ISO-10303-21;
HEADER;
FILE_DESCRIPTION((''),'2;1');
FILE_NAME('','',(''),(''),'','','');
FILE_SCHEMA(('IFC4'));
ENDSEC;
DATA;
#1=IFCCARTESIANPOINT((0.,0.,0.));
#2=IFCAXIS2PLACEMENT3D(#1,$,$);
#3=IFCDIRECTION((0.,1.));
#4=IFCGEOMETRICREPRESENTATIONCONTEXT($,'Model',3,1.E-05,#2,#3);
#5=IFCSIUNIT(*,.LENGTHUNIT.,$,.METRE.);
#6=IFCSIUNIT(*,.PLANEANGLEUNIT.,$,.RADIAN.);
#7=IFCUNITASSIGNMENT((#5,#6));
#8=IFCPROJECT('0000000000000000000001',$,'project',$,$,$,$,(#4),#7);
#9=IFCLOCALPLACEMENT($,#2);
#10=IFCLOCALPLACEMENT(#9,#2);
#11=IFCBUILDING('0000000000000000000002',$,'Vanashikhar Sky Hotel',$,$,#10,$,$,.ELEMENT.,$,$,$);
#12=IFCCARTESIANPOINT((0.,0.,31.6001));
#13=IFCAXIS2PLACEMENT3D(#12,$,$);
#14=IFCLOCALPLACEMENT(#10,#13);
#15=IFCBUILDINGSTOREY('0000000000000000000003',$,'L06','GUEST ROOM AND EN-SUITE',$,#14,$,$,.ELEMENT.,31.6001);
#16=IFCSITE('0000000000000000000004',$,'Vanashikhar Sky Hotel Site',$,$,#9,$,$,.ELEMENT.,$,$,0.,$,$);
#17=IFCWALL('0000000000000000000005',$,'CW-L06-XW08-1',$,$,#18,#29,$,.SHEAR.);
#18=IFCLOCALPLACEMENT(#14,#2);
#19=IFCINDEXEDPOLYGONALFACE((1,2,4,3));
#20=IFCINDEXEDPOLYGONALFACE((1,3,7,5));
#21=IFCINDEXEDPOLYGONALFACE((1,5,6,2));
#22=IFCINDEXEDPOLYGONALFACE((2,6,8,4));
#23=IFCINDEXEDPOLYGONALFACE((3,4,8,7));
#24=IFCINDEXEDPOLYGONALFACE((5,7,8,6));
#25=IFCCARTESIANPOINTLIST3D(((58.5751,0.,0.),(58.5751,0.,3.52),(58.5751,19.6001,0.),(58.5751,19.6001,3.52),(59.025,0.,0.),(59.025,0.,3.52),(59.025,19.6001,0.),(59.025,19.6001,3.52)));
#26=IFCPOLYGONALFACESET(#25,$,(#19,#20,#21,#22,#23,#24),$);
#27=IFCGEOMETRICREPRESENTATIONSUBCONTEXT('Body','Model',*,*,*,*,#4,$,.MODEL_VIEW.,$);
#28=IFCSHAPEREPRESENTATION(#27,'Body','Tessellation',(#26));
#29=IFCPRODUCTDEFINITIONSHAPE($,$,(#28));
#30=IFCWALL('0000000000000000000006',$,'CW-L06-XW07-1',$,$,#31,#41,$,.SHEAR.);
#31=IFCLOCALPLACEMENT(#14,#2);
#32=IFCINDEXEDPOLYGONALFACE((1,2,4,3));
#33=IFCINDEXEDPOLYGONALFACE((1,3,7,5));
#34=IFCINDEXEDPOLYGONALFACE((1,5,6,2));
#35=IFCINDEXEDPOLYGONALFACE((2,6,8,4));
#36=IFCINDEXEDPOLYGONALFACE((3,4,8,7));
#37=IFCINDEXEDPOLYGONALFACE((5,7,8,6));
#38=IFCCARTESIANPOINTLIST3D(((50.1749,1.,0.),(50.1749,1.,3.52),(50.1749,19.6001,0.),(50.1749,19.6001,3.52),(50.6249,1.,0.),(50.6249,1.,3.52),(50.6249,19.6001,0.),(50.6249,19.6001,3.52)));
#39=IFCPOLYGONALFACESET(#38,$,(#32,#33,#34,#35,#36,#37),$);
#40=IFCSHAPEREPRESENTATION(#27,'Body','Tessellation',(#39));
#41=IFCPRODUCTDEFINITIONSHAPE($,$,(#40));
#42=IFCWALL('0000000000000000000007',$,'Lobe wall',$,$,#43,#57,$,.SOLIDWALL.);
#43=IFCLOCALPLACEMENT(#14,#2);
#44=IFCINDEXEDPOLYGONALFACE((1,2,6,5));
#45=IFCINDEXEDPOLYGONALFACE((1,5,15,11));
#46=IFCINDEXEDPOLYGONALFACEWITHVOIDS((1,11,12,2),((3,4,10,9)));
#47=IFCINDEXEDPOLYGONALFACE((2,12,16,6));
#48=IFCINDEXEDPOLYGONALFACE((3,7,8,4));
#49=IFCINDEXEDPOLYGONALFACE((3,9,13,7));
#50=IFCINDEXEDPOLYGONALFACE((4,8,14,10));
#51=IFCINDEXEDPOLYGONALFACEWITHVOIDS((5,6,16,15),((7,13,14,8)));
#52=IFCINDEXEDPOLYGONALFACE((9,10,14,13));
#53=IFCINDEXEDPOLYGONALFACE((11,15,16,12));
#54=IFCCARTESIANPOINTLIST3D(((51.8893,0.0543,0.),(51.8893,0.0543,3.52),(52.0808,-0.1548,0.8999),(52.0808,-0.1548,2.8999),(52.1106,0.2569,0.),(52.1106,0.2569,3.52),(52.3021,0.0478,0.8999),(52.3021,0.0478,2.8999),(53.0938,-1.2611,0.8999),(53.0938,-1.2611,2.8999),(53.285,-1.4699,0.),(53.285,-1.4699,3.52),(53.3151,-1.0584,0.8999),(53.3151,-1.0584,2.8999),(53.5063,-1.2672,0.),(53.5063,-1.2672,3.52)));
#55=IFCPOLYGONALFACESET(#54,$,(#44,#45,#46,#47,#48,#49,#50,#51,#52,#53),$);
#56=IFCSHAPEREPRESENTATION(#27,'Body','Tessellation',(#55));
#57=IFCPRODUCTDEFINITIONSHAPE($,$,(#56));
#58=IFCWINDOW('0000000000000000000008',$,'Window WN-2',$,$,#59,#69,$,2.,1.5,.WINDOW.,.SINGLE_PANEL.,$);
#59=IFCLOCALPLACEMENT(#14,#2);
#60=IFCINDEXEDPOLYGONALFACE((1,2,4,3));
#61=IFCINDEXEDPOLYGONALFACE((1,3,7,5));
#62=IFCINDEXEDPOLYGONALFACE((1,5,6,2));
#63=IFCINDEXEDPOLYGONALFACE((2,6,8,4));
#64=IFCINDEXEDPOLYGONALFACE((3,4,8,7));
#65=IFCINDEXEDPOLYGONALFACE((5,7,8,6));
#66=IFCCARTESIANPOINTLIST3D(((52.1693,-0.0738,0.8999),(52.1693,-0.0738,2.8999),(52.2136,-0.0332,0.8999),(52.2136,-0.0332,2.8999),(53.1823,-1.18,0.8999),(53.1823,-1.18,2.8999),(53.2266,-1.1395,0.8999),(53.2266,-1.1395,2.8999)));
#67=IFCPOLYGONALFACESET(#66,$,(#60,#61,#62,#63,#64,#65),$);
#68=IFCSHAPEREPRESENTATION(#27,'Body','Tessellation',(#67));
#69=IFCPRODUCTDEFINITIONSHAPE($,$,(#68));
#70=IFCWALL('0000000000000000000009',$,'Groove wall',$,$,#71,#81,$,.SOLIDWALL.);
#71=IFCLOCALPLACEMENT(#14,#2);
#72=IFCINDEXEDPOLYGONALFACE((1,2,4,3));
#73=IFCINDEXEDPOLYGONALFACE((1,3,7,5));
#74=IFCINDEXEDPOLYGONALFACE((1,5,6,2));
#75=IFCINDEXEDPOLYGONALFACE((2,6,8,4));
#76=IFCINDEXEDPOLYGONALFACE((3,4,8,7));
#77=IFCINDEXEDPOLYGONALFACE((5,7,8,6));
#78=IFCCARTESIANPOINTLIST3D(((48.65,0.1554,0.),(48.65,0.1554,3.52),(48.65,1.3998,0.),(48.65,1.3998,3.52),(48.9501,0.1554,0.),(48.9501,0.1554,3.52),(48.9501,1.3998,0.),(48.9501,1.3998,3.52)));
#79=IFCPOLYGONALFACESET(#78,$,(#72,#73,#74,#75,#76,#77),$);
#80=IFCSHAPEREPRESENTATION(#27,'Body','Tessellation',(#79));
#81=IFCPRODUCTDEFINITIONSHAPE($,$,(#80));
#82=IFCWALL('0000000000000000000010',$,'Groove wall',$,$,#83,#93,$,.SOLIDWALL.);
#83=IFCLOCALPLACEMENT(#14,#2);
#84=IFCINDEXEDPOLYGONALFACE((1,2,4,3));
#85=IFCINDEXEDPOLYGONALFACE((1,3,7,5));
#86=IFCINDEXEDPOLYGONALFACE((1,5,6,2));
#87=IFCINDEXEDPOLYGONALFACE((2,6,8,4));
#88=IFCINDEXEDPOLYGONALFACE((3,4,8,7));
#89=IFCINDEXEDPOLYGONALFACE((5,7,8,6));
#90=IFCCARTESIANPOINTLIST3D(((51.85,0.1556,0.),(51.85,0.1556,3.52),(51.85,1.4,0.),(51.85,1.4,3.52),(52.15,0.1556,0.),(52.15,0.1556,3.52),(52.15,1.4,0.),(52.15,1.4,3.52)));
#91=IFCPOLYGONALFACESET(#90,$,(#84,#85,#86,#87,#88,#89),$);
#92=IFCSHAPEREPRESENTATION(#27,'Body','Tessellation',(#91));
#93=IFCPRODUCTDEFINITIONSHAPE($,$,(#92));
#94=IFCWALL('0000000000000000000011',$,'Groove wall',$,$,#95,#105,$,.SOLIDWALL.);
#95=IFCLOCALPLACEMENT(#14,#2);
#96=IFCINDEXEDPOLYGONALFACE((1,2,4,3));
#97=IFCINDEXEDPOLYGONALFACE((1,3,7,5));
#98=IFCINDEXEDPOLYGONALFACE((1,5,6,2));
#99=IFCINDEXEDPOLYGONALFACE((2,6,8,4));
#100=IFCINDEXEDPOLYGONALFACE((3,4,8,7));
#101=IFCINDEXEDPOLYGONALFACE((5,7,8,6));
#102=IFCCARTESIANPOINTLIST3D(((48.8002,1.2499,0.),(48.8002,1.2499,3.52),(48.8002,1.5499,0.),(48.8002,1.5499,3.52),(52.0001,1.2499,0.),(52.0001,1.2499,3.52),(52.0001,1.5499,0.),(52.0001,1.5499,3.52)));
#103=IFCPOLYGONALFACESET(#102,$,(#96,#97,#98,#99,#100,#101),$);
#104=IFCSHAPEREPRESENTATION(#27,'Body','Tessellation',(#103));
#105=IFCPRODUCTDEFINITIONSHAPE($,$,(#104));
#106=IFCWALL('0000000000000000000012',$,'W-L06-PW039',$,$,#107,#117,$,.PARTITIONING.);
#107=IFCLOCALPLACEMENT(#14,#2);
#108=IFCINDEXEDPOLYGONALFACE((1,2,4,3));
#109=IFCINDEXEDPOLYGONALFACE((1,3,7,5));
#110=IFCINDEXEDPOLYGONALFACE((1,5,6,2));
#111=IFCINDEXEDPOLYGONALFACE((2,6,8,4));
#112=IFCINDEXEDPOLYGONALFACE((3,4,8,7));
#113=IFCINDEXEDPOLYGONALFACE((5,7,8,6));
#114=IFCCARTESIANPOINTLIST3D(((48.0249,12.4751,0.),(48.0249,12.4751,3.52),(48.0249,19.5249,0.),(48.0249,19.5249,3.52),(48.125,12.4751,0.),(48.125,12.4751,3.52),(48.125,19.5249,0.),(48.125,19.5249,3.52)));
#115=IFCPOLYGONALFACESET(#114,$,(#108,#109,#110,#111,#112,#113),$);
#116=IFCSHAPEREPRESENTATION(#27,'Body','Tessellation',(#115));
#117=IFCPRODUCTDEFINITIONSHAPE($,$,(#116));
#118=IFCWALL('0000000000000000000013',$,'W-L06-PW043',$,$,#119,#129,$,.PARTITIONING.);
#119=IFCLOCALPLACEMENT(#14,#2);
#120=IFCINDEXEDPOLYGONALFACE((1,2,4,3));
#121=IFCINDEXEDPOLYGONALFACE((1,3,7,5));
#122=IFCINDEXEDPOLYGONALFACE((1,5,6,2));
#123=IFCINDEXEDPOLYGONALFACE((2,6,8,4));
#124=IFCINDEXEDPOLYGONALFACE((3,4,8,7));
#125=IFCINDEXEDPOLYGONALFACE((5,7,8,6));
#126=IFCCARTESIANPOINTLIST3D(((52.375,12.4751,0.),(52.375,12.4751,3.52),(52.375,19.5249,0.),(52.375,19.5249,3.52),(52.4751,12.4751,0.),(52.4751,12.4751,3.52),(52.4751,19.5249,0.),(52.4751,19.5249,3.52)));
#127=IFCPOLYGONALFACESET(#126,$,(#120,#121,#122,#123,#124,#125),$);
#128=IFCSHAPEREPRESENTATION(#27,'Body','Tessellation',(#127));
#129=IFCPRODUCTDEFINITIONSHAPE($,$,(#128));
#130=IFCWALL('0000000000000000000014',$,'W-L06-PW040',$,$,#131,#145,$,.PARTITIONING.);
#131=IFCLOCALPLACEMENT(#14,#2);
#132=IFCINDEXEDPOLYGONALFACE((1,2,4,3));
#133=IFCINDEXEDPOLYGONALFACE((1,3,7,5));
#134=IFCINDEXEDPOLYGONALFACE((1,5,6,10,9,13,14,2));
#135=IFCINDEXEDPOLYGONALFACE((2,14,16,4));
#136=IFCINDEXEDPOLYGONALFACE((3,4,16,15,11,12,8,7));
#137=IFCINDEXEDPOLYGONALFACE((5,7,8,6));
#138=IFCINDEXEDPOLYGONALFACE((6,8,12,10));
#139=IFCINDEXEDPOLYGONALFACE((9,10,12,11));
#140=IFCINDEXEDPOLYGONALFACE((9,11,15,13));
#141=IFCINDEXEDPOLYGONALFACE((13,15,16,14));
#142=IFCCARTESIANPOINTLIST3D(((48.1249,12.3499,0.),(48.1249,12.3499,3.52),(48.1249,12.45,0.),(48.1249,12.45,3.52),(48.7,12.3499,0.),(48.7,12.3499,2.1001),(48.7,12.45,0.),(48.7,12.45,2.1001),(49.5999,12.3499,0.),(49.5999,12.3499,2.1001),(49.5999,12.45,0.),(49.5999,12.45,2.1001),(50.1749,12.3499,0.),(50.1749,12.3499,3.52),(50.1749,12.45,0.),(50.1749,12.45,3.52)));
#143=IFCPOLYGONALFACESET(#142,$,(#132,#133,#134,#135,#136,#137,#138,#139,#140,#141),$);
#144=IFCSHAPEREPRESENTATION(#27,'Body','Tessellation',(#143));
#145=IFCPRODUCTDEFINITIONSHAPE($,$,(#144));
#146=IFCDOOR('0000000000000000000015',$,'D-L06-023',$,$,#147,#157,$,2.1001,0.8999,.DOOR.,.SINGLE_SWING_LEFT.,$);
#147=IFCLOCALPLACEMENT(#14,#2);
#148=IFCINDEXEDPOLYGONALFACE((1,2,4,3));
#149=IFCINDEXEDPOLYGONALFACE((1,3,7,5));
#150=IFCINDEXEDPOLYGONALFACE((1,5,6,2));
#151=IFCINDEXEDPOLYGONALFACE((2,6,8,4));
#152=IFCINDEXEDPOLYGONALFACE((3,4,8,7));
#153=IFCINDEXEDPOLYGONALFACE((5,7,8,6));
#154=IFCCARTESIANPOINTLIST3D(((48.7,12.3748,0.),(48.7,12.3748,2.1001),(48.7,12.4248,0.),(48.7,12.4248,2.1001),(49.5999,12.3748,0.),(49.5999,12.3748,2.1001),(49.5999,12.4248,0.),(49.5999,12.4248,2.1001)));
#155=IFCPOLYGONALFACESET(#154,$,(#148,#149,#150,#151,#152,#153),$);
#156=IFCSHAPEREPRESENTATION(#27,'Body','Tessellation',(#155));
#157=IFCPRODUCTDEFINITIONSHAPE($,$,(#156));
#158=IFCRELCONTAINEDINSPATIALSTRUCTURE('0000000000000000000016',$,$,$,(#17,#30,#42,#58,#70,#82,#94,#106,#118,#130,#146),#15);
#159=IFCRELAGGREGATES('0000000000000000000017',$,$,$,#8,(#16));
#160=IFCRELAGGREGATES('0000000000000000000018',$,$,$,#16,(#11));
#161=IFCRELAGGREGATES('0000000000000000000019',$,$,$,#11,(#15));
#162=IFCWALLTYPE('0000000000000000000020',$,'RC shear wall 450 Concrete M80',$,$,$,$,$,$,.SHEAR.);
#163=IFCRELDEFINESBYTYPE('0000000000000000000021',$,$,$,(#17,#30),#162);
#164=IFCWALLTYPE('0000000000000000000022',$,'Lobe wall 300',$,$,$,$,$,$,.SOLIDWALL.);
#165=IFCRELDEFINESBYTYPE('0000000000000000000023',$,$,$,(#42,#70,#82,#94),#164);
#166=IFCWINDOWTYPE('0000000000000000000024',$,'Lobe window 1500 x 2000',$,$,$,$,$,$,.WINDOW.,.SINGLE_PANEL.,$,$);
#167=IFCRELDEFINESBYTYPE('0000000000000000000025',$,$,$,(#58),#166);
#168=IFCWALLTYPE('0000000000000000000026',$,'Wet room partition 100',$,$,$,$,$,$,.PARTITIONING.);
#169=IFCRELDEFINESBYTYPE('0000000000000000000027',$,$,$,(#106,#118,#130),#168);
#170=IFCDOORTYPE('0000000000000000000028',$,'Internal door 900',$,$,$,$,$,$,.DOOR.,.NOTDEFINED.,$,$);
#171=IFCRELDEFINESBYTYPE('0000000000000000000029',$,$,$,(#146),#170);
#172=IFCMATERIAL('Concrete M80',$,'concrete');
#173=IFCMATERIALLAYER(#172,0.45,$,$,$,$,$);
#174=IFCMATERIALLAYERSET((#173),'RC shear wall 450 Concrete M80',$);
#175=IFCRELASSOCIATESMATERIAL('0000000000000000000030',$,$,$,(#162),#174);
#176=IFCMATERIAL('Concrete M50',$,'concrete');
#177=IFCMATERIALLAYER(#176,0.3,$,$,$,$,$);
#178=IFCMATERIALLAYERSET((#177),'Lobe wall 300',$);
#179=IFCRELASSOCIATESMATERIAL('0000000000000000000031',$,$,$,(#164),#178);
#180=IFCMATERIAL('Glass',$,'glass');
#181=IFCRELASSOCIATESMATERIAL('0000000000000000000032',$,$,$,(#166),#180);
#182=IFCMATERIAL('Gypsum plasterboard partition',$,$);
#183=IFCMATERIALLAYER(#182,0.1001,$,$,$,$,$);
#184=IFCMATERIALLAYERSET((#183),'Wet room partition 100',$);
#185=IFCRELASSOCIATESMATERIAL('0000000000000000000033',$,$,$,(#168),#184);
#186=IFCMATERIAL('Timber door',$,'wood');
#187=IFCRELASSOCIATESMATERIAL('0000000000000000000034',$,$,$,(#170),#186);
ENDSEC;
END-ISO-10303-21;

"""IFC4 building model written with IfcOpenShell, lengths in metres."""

from ifc_helpers import new_model, si_unit, direction, frame, frame_2d, origin, place, context, subcontext, project, spatial, rectangle, extrude, source, transform, mapped, material, layer, layer_set, type_object, element, fill, save


model = new_model("IFC4")

# Units and contexts
model_context = context("Model", 3, precision=1e-05, world=origin(), true_north=direction((0.0, 1.0)))
body_context = subcontext(model_context, "Body", "Model", "MODEL_VIEW")
ifc_project = project(units=[si_unit("LENGTHUNIT", "METRE"), si_unit("PLANEANGLEUNIT", "RADIAN")], contexts=[model_context])

# Site, building, storey
site_placement = place(None, origin())
site = spatial("IfcSite", under=ifc_project, at=site_placement, Name="Vanashikhar Sky Hotel Site", CompositionType="ELEMENT", RefElevation=0.0)
building_placement = place(site_placement, origin())
building = spatial("IfcBuilding", under=site, at=building_placement, Name="Vanashikhar Sky Hotel", CompositionType="ELEMENT")
storey_placement = place(building_placement, frame((0.0, 0.0, 31.6001)))
storey = spatial("IfcBuildingStorey", under=building, at=storey_placement, Name="L06", Description="GUEST ROOM AND EN-SUITE", CompositionType="ELEMENT", Elevation=31.6001)

# Walls
ifc_material_1 = material(Name="Concrete M80", Category="concrete")
ifc_layer_1 = layer(ifc_material_1, 0.45)
ifc_layer_set_1 = layer_set([ifc_layer_1], Name="RC shear wall 450 Concrete M80")
wall_type_1 = type_object("IfcWallType", Name="RC shear wall 450 Concrete M80", PredefinedType="SHEAR", material=ifc_layer_set_1)
shared_shape_1 = source(origin(), body_context, "Body", "SweptSolid", [
    extrude(rectangle(XDim=19.6001, YDim=0.45, at=frame_2d((9.8, 0.0))), origin(), (0.0, 0.0, 1.0), 3.52),
])
wall_1_placement = place(storey_placement, frame((58.8, 0.0, 0.0), z_axis=(0.0, 0.0, 1.0), x_axis=(0.0, 1.0, 0.0)))
element("IfcWall", 1, at=wall_1_placement, inside=storey, type_object=wall_type_1, Name="CW-L06-XW08-1", PredefinedType="SHEAR", context=body_context, shape_type="MappedRepresentation", body=[
    mapped(shared_shape_1, transform((0.0, 0.0, 0.0), scale=1.0)),
])
shared_shape_2 = source(origin(), body_context, "Body", "SweptSolid", [
    extrude(rectangle(XDim=18.6001, YDim=0.45, at=frame_2d((9.3, 0.0))), origin(), (0.0, 0.0, 1.0), 3.52),
])
wall_2_placement = place(storey_placement, frame((50.3999, 1.0, 0.0), z_axis=(0.0, 0.0, 1.0), x_axis=(0.0, 1.0, 0.0)))
element("IfcWall", 2, at=wall_2_placement, inside=storey, type_object=wall_type_1, Name="CW-L06-XW07-1", PredefinedType="SHEAR", context=body_context, shape_type="MappedRepresentation", body=[
    mapped(shared_shape_2, transform((0.0, 0.0, 0.0), scale=1.0)),
])

# Wall, opening, window
ifc_material_2 = material(Name="Concrete M50", Category="concrete")
ifc_layer_2 = layer(ifc_material_2, 0.3)
ifc_layer_set_2 = layer_set([ifc_layer_2], Name="Lobe wall 300")
wall_type_2 = type_object("IfcWallType", Name="Lobe wall 300", PredefinedType="SOLIDWALL", material=ifc_layer_set_2)
shared_shape_3 = source(origin(), body_context, "Body", "SweptSolid", [
    extrude(rectangle(XDim=2.0667, YDim=0.3, at=frame_2d((1.0332, 0.0))), origin(), (0.0, 0.0, 1.0), 3.52),
])
wall_3_placement = place(storey_placement, frame((52.0, 0.1555, 0.0), z_axis=(0.0, 0.0, 1.0), x_axis=(0.675355, -0.737492, 0.0)))
wall_3 = element("IfcWall", 3, at=wall_3_placement, inside=storey, type_object=wall_type_2, Name="Lobe wall", PredefinedType="SOLIDWALL", context=body_context, shape_type="MappedRepresentation", body=[
    mapped(shared_shape_3, transform((0.0, 0.0, 0.0), scale=1.0)),
])
shared_shape_4 = source(origin(), body_context, "Body", "SweptSolid", [
    extrude(rectangle(XDim=1.5, YDim=2.0, at=frame_2d((0.75, 1.0))), frame((0.0, 0.1602, 0.0), z_axis=(0.0, -1.0, 0.0), x_axis=(1.0, 0.0, 0.0)), (0.0, 0.0, 1.0), 0.3201),
])
opening_1_placement = place(wall_3_placement, frame((0.2834, 0.0, 0.8999)))
opening_1 = element("IfcOpeningElement", 4, at=opening_1_placement, cuts=wall_3, PredefinedType="OPENING", context=body_context, shape_type="MappedRepresentation", body=[
    mapped(shared_shape_4, transform((0.0, 0.0, 0.0), scale=1.0)),
])
ifc_material_3 = material(Name="Glass", Category="glass")
window_type = type_object("IfcWindowType", Name="Lobe window 1500 x 2000", PartitioningType="SINGLE_PANEL", PredefinedType="WINDOW", material=ifc_material_3)
shared_shape_5 = source(origin(), body_context, "Body", "SweptSolid", [
    extrude(rectangle(XDim=1.5, YDim=2.0, at=frame_2d((0.75, 1.0))), frame((0.0, 0.03, 0.0), z_axis=(0.0, -1.0, 0.0), x_axis=(1.0, 0.0, 0.0)), (0.0, 0.0, 1.0), 0.0601),
])
window_placement = place(opening_1_placement, origin())
window = element("IfcWindow", 5, at=window_placement, inside=storey, type_object=window_type, Name="Window WN-2", OverallHeight=2.0, OverallWidth=1.5, PartitioningType="SINGLE_PANEL", PredefinedType="WINDOW", context=body_context, shape_type="MappedRepresentation", body=[
    mapped(shared_shape_5, transform((0.0, 0.0, 0.0), scale=1.0)),
])
fill(opening_1, window)

# Walls
shared_shape_6 = source(origin(), body_context, "Body", "SweptSolid", [
    extrude(rectangle(XDim=1.2444, YDim=0.3, at=frame_2d((0.6221, 0.0))), origin(), (0.0, 0.0, 1.0), 3.52),
])
for number, where, z_axis, x_axis, name in (
    (6, (48.8, 0.1555, 0.0), (0.0, 0.0, 1.0), (0.0, 1.0, 0.0), "Groove wall"),
    (7, (52.0, 1.3999, 0.0), (0.0, 0.0, 1.0), (0.0, -1.0, 0.0), "Groove wall"),
):
    element("IfcWall", number, at=place(storey_placement, frame(where, z_axis=z_axis, x_axis=x_axis)), inside=storey, type_object=wall_type_2, Name=name, PredefinedType="SOLIDWALL", context=body_context, shape_type="MappedRepresentation", body=[
        mapped(shared_shape_6, transform((0.0, 0.0, 0.0), scale=1.0)),
    ])
shared_shape_7 = source(origin(), body_context, "Body", "SweptSolid", [
    extrude(rectangle(XDim=3.2, YDim=0.3, at=frame_2d((1.6001, 0.0))), origin(), (0.0, 0.0, 1.0), 3.52),
])
wall_4_placement = place(storey_placement, frame((48.8, 1.3999, 0.0), z_axis=(0.0, 0.0, 1.0), x_axis=(1.0, 0.0, 0.0)))
element("IfcWall", 8, at=wall_4_placement, inside=storey, type_object=wall_type_2, Name="Groove wall", PredefinedType="SOLIDWALL", context=body_context, shape_type="MappedRepresentation", body=[
    mapped(shared_shape_7, transform((0.0, 0.0, 0.0), scale=1.0)),
])
ifc_material_4 = material(Name="Gypsum plasterboard partition")
ifc_layer_3 = layer(ifc_material_4, 0.1001)
ifc_layer_set_3 = layer_set([ifc_layer_3], Name="Wet room partition 100")
wall_type_3 = type_object("IfcWallType", Name="Wet room partition 100", PredefinedType="PARTITIONING", material=ifc_layer_set_3)
shared_shape_8 = source(origin(), body_context, "Body", "SweptSolid", [
    extrude(rectangle(XDim=7.0498, YDim=0.1001, at=frame_2d((3.5249, 0.0))), origin(), (0.0, 0.0, 1.0), 3.52),
])
for number, where, z_axis, x_axis, name in (
    (9, (48.075, 12.4751, 0.0), (0.0, 0.0, 1.0), (0.0, 1.0, 0.0), "W-L06-PW039"),
    (10, (52.425, 12.4751, 0.0), (0.0, 0.0, 1.0), (0.0, 1.0, 0.0), "W-L06-PW043"),
):
    element("IfcWall", number, at=place(storey_placement, frame(where, z_axis=z_axis, x_axis=x_axis)), inside=storey, type_object=wall_type_3, Name=name, PredefinedType="PARTITIONING", context=body_context, shape_type="MappedRepresentation", body=[
        mapped(shared_shape_8, transform((0.0, 0.0, 0.0), scale=1.0)),
    ])

# Wall, opening, door
shared_shape_9 = source(origin(), body_context, "Body", "SweptSolid", [
    extrude(rectangle(XDim=2.05, YDim=0.1001, at=frame_2d((1.0249, 0.0))), origin(), (0.0, 0.0, 1.0), 3.52),
])
wall_5_placement = place(storey_placement, frame((48.125, 12.3999, 0.0), z_axis=(0.0, 0.0, 1.0), x_axis=(1.0, 0.0, 0.0)))
wall_5 = element("IfcWall", 11, at=wall_5_placement, inside=storey, type_object=wall_type_3, Name="W-L06-PW040", PredefinedType="PARTITIONING", context=body_context, shape_type="MappedRepresentation", body=[
    mapped(shared_shape_9, transform((0.0, 0.0, 0.0), scale=1.0)),
])
shared_shape_10 = source(origin(), body_context, "Body", "SweptSolid", [
    extrude(rectangle(XDim=0.8999, YDim=2.1001, at=frame_2d((0.45, 1.05))), frame((0.0, 0.0601, 0.0), z_axis=(0.0, -1.0, 0.0), x_axis=(1.0, 0.0, 0.0)), (0.0, 0.0, 1.0), 0.1201),
])
opening_2_placement = place(wall_5_placement, frame((0.575, 0.0, 0.0)))
opening_2 = element("IfcOpeningElement", 12, at=opening_2_placement, cuts=wall_5, PredefinedType="OPENING", context=body_context, shape_type="MappedRepresentation", body=[
    mapped(shared_shape_10, transform((0.0, 0.0, 0.0), scale=1.0)),
])
ifc_material_5 = material(Name="Timber door", Category="wood")
door_type = type_object("IfcDoorType", Name="Internal door 900", OperationType="NOTDEFINED", PredefinedType="DOOR", material=ifc_material_5)
shared_shape_11 = source(origin(), body_context, "Body", "SweptSolid", [
    extrude(rectangle(XDim=0.8999, YDim=2.1001, at=frame_2d((0.45, 1.05))), frame((0.0, 0.0249, 0.0), z_axis=(0.0, -1.0, 0.0), x_axis=(1.0, 0.0, 0.0)), (0.0, 0.0, 1.0), 0.05),
])
door_1_placement = place(opening_2_placement, origin())
door_1 = element("IfcDoor", 13, at=door_1_placement, inside=storey, type_object=door_type, Name="D-L06-023", OperationType="SINGLE_SWING_LEFT", OverallHeight=2.1001, OverallWidth=0.8999, PredefinedType="DOOR", context=body_context, shape_type="MappedRepresentation", body=[
    mapped(shared_shape_11, transform((0.0, 0.0, 0.0), scale=1.0)),
])
fill(opening_2, door_1)

save(model, "model.ifc")
